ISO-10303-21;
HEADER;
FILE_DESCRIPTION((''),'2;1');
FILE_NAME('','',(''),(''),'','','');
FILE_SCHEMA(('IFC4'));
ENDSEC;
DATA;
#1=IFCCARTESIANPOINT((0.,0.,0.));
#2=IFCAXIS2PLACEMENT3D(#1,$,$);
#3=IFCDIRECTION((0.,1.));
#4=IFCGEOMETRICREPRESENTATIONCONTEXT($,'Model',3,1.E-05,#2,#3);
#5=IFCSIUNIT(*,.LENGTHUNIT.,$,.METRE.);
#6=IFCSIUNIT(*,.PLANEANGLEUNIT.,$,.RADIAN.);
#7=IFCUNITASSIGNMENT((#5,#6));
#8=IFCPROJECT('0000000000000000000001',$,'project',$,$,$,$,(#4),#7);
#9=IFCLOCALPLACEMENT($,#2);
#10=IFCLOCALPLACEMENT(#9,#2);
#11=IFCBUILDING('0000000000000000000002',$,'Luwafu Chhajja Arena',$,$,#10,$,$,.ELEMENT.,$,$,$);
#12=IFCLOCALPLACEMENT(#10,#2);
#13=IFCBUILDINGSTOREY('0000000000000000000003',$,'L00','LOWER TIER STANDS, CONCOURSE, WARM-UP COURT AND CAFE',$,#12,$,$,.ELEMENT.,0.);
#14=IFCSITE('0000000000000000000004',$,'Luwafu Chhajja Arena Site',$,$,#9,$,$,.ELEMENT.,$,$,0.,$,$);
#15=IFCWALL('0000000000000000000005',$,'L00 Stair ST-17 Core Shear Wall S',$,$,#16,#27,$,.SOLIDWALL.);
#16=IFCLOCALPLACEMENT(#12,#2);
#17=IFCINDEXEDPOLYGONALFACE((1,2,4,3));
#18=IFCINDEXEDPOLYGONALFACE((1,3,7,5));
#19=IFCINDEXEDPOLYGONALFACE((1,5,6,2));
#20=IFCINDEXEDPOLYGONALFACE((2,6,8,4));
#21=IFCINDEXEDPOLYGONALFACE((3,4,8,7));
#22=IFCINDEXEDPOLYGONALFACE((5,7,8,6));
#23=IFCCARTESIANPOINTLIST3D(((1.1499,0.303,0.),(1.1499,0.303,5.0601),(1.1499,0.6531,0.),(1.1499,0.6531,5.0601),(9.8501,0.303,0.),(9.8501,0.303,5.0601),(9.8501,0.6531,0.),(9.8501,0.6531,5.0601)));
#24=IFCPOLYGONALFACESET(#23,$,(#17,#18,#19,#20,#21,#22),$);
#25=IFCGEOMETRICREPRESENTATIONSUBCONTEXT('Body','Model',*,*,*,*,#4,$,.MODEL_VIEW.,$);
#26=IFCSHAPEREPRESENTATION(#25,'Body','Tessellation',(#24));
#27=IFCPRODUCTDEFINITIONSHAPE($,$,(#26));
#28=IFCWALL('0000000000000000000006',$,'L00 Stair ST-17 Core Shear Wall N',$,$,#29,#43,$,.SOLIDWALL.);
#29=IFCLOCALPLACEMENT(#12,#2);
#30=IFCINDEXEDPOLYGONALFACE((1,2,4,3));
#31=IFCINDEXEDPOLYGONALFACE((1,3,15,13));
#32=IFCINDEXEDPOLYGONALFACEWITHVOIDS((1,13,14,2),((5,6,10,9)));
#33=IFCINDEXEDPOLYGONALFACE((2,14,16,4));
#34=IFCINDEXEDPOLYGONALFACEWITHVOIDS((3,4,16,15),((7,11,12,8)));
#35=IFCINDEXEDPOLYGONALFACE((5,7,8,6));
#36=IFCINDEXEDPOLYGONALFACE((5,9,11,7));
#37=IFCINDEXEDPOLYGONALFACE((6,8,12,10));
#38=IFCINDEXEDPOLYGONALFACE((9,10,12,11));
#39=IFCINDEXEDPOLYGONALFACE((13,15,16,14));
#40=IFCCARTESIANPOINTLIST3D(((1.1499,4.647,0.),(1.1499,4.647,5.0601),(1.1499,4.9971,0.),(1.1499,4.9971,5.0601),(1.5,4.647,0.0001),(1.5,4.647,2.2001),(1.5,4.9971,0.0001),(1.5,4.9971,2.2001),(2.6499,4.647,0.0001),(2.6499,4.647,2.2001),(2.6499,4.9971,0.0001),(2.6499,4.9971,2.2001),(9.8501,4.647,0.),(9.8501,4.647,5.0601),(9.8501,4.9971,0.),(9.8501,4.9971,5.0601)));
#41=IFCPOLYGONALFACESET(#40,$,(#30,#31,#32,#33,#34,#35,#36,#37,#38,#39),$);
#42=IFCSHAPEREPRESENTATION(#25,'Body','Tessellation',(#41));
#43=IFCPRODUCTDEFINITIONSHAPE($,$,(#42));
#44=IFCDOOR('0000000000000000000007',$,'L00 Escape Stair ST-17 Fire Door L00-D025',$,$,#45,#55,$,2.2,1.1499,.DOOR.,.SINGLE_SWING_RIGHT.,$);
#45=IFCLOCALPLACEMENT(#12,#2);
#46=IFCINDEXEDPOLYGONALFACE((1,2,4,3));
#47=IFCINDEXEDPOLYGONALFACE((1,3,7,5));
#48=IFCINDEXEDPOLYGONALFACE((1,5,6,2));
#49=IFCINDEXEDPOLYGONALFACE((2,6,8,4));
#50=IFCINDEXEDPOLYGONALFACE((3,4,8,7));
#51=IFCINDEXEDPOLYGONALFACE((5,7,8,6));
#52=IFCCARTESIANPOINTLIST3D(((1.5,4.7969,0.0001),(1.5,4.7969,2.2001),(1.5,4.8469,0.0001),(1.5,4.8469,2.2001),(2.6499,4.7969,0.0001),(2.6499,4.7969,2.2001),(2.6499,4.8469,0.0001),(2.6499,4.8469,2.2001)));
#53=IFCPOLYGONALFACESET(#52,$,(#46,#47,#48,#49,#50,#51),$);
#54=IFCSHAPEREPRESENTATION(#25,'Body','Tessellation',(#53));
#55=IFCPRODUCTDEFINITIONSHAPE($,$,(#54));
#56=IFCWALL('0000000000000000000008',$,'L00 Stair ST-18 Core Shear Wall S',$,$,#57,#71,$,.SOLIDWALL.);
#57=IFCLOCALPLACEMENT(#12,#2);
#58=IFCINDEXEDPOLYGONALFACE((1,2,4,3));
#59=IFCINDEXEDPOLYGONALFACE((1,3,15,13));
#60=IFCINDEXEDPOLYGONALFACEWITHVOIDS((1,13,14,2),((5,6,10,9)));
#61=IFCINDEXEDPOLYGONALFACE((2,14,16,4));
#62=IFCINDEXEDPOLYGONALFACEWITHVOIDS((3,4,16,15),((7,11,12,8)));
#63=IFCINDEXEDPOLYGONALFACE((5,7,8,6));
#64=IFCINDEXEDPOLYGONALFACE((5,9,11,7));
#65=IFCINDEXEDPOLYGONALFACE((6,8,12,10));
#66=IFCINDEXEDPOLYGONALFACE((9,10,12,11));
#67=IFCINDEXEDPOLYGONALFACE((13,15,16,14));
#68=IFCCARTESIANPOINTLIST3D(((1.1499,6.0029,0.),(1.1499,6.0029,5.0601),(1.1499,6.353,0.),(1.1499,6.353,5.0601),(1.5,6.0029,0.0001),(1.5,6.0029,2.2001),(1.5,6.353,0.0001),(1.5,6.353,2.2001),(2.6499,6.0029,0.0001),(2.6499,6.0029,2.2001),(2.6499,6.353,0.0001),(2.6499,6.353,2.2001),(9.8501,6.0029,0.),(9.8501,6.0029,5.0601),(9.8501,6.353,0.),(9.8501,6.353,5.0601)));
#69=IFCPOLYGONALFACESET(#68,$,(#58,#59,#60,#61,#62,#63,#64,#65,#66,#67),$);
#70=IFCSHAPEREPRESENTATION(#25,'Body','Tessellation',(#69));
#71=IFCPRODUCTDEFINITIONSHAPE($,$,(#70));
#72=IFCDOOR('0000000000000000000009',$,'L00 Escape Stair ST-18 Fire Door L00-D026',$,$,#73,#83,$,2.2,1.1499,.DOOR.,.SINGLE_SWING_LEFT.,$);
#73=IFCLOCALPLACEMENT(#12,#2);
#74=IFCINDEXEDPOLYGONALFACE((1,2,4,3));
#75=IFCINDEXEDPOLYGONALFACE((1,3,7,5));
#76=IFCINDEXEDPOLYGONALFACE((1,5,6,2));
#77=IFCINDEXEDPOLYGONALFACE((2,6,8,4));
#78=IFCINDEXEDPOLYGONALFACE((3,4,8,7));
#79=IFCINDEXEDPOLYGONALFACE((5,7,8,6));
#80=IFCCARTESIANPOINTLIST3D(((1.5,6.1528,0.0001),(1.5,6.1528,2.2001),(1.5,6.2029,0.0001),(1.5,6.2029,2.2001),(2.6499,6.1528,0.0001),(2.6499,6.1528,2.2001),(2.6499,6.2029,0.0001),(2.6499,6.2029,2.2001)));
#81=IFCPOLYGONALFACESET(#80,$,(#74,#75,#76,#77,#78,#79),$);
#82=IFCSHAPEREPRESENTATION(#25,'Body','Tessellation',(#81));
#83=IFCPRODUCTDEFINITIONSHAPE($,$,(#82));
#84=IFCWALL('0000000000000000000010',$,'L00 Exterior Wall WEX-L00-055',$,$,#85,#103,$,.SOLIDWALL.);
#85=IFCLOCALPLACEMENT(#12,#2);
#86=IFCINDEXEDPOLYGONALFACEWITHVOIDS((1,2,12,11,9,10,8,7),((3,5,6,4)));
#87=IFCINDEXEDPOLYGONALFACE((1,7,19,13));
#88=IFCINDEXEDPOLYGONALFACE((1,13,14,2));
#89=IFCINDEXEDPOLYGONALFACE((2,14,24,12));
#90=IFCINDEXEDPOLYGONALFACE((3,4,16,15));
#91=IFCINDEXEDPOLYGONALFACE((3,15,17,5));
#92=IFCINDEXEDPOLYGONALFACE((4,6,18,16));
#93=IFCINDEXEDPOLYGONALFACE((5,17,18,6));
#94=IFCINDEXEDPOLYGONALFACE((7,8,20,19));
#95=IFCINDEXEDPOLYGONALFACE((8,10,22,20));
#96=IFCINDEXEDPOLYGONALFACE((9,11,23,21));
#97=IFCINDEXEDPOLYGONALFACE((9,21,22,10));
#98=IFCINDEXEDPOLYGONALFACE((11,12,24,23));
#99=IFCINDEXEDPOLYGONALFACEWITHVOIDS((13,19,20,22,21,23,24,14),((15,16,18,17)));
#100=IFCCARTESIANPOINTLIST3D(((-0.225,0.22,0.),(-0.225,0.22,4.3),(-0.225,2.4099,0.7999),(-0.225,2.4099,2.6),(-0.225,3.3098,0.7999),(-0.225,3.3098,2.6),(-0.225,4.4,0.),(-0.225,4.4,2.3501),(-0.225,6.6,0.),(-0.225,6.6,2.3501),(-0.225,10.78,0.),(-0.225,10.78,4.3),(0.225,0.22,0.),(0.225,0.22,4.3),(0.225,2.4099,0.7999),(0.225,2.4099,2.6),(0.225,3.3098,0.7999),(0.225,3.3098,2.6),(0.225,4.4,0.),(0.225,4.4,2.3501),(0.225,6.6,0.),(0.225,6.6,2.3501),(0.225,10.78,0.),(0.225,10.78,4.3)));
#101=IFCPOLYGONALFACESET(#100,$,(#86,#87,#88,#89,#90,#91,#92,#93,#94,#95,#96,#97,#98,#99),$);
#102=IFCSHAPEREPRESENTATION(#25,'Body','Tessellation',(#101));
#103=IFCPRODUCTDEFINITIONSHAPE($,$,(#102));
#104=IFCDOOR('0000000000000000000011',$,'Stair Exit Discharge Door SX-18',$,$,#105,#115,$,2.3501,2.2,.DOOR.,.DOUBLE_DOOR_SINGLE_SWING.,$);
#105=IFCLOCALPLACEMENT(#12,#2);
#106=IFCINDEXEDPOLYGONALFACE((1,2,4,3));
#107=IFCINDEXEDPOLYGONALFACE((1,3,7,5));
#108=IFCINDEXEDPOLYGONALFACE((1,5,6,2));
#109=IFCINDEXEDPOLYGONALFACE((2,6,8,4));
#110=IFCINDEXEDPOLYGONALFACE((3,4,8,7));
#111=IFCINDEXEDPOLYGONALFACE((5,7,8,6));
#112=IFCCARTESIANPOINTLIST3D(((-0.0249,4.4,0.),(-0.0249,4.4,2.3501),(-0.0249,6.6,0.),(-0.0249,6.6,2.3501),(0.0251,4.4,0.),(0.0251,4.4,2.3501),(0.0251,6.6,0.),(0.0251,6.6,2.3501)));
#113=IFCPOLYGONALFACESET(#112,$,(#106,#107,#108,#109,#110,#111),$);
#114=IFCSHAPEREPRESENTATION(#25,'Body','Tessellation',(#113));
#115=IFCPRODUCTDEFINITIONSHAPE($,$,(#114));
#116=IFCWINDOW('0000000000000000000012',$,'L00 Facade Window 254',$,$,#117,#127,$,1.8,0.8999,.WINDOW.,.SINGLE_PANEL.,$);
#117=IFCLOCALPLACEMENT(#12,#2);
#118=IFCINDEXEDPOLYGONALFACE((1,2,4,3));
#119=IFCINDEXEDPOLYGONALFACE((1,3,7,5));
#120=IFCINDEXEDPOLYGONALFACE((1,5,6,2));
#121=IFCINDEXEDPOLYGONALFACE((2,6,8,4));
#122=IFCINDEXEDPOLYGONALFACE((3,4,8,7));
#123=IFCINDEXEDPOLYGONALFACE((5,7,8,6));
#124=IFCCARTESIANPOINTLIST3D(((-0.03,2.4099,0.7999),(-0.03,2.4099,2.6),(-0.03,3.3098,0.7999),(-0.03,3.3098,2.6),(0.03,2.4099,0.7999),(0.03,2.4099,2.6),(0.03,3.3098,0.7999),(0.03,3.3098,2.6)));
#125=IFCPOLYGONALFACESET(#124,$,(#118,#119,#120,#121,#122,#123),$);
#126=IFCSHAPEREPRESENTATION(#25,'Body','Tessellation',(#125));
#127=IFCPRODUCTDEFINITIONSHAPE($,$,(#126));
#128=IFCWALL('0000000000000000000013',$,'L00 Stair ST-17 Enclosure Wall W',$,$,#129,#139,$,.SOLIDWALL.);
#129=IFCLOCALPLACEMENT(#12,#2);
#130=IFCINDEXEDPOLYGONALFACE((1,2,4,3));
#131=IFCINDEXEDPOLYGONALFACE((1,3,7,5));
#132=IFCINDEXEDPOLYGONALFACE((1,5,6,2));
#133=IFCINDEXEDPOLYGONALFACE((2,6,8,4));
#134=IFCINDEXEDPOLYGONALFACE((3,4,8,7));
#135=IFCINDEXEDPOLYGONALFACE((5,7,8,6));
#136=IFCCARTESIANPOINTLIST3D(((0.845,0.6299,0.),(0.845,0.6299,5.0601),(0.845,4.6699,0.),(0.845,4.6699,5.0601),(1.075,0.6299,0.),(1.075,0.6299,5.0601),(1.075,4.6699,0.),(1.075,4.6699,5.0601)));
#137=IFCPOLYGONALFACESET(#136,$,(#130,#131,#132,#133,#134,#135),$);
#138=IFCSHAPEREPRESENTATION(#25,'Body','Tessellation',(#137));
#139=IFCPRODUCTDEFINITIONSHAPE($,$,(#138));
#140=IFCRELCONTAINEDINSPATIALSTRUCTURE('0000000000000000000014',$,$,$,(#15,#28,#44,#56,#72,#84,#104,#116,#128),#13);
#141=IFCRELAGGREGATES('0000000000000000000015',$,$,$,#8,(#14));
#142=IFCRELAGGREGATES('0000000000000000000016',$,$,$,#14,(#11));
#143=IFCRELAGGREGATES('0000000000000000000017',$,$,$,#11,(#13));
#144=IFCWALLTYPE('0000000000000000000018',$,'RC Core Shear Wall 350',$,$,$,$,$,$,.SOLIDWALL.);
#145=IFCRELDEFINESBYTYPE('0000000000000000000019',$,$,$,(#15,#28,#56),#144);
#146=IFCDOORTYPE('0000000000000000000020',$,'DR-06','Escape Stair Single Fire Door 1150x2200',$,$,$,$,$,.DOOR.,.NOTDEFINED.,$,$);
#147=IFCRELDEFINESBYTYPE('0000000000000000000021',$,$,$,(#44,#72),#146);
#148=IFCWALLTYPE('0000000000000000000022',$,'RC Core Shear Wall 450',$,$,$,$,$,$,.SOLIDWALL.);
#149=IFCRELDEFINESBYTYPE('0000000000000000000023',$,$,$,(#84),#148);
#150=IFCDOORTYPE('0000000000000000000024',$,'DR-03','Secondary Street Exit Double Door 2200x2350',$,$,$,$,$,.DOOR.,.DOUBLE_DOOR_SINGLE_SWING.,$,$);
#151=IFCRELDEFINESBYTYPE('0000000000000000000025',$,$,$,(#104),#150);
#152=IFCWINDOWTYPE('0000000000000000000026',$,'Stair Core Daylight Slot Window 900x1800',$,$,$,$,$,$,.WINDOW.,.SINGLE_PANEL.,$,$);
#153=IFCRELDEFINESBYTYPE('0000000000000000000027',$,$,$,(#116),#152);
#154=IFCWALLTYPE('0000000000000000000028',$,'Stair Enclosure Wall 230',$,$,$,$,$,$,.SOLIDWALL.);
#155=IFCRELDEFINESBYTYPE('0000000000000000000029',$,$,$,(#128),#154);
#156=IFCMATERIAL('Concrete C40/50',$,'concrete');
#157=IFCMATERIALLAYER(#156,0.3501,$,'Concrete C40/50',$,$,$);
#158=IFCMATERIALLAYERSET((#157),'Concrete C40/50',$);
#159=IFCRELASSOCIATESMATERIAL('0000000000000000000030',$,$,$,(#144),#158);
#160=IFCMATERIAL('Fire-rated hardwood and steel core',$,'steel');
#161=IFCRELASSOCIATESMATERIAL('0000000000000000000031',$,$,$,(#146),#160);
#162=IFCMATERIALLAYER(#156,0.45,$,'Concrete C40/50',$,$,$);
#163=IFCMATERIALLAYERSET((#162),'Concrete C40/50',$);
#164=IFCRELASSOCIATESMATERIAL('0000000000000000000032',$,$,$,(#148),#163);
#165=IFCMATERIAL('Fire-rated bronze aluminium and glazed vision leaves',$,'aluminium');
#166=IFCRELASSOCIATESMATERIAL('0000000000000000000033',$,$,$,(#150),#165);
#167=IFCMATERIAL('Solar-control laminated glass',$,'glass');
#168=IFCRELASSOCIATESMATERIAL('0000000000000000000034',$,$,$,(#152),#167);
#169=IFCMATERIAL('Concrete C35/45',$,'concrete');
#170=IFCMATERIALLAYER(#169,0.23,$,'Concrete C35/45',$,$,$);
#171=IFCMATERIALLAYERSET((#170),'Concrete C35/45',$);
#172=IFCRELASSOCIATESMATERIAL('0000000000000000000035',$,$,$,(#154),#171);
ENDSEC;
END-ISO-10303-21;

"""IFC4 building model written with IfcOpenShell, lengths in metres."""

from ifc_helpers import new_model, si_unit, direction, frame, frame_2d, origin, place, context, subcontext, project, spatial, rectangle, extrude, material, layer, layer_set, type_object, element, fill, save


model = new_model("IFC4")

# Units and contexts
model_context = context("Model", 3, precision=1e-05, world=origin(), true_north=direction((0.0, 1.0)))
body_context = subcontext(model_context, "Body", "Model", "MODEL_VIEW")
ifc_project = project(units=[si_unit("LENGTHUNIT", "METRE"), si_unit("PLANEANGLEUNIT", "RADIAN")], contexts=[model_context])

# Site, building, storey
site_placement = place(None, origin())
site = spatial("IfcSite", under=ifc_project, at=site_placement, Name="Luwafu Chhajja Arena Site", CompositionType="ELEMENT", RefElevation=0.0)
building_placement = place(site_placement, origin())
building = spatial("IfcBuilding", under=site, at=building_placement, Name="Luwafu Chhajja Arena", CompositionType="ELEMENT")
storey_placement = place(building_placement, origin())
storey = spatial("IfcBuildingStorey", under=building, at=storey_placement, Name="L00", Description="LOWER TIER STANDS, CONCOURSE, WARM-UP COURT AND CAFE", CompositionType="ELEMENT", Elevation=0.0)

# Wall
ifc_material_1 = material(Name="Concrete C40/50", Category="concrete")
ifc_layer_1 = layer(ifc_material_1, 0.3501, Name="Concrete C40/50")
ifc_layer_set_1 = layer_set([ifc_layer_1], Name="Concrete C40/50")
wall_type_1 = type_object("IfcWallType", Name="RC Core Shear Wall 350", PredefinedType="SOLIDWALL", material=ifc_layer_set_1)
wall_1_placement = place(storey_placement, frame((1.1499, 0.478, 0.0), z_axis=(0.0, 0.0, 1.0), x_axis=(1.0, 0.0, 0.0)))
element("IfcWall", 1, at=wall_1_placement, inside=storey, type_object=wall_type_1, Name="L00 Stair ST-17 Core Shear Wall S", PredefinedType="SOLIDWALL", context=body_context, shape_type="SweptSolid", body=[
    extrude(rectangle(XDim=8.7002, YDim=0.3501, at=frame_2d((4.3501, 0.0))), origin(), (0.0, 0.0, 1.0), 5.0601),
])

# Walls, openings, doors
wall_2_placement = place(storey_placement, frame((1.1499, 4.822, 0.0), z_axis=(0.0, 0.0, 1.0), x_axis=(1.0, 0.0, 0.0)))
wall_2 = element("IfcWall", 2, at=wall_2_placement, inside=storey, type_object=wall_type_1, Name="L00 Stair ST-17 Core Shear Wall N", PredefinedType="SOLIDWALL", context=body_context, shape_type="SweptSolid", body=[
    extrude(rectangle(XDim=8.7002, YDim=0.3501, at=frame_2d((4.3501, 0.0))), origin(), (0.0, 0.0, 1.0), 5.0601),
])
opening_1_placement = place(wall_2_placement, frame((0.3501, 0.0, 0.0)))
opening_1 = element("IfcOpeningElement", 3, at=opening_1_placement, cuts=wall_2, PredefinedType="OPENING", context=body_context, shape_type="SweptSolid", body=[
    extrude(rectangle(XDim=1.1499, YDim=2.2, at=frame_2d((0.575, 1.1001))), frame((0.0, 0.1851, 0.0), z_axis=(0.0, -1.0, 0.0), x_axis=(1.0, 0.0, 0.0)), (0.0, 0.0, 1.0), 0.3701),
])
ifc_material_2 = material(Name="Fire-rated hardwood and steel core", Category="steel")
door_type_1 = type_object("IfcDoorType", Name="DR-06", Description="Escape Stair Single Fire Door 1150x2200", OperationType="NOTDEFINED", PredefinedType="DOOR", material=ifc_material_2)
door_1_placement = place(opening_1_placement, origin())
door_1 = element("IfcDoor", 4, at=door_1_placement, inside=storey, type_object=door_type_1, Name="L00 Escape Stair ST-17 Fire Door L00-D025", OperationType="SINGLE_SWING_RIGHT", OverallHeight=2.2, OverallWidth=1.1499, PredefinedType="DOOR", context=body_context, shape_type="SweptSolid", body=[
    extrude(rectangle(XDim=1.1499, YDim=2.2, at=frame_2d((0.575, 1.1001))), frame((0.0, 0.0249, 0.0), z_axis=(0.0, -1.0, 0.0), x_axis=(1.0, 0.0, 0.0)), (0.0, 0.0, 1.0), 0.05),
])
fill(opening_1, door_1)
wall_3_placement = place(storey_placement, frame((1.1499, 6.178, 0.0), z_axis=(0.0, 0.0, 1.0), x_axis=(1.0, 0.0, 0.0)))
wall_3 = element("IfcWall", 5, at=wall_3_placement, inside=storey, type_object=wall_type_1, Name="L00 Stair ST-18 Core Shear Wall S", PredefinedType="SOLIDWALL", context=body_context, shape_type="SweptSolid", body=[
    extrude(rectangle(XDim=8.7002, YDim=0.3501, at=frame_2d((4.3501, 0.0))), origin(), (0.0, 0.0, 1.0), 5.0601),
])
opening_2_placement = place(wall_3_placement, frame((0.3501, 0.0, 0.0)))
opening_2 = element("IfcOpeningElement", 6, at=opening_2_placement, cuts=wall_3, PredefinedType="OPENING", context=body_context, shape_type="SweptSolid", body=[
    extrude(rectangle(XDim=1.1499, YDim=2.2, at=frame_2d((0.575, 1.1001))), frame((0.0, 0.1851, 0.0), z_axis=(0.0, -1.0, 0.0), x_axis=(1.0, 0.0, 0.0)), (0.0, 0.0, 1.0), 0.3701),
])
door_2_placement = place(opening_2_placement, origin())
door_2 = element("IfcDoor", 7, at=door_2_placement, inside=storey, type_object=door_type_1, Name="L00 Escape Stair ST-18 Fire Door L00-D026", OperationType="SINGLE_SWING_LEFT", OverallHeight=2.2, OverallWidth=1.1499, PredefinedType="DOOR", context=body_context, shape_type="SweptSolid", body=[
    extrude(rectangle(XDim=1.1499, YDim=2.2, at=frame_2d((0.575, 1.1001))), frame((0.0, 0.0249, 0.0), z_axis=(0.0, -1.0, 0.0), x_axis=(1.0, 0.0, 0.0)), (0.0, 0.0, 1.0), 0.05),
])
fill(opening_2, door_2)

# Wall, openings, door, window
ifc_layer_2 = layer(ifc_material_1, 0.45, Name="Concrete C40/50")
ifc_layer_set_2 = layer_set([ifc_layer_2], Name="Concrete C40/50")
wall_type_2 = type_object("IfcWallType", Name="RC Core Shear Wall 450", PredefinedType="SOLIDWALL", material=ifc_layer_set_2)
wall_4_placement = place(storey_placement, frame((0.0, 0.22, 0.0), z_axis=(0.0, 0.0, 1.0), x_axis=(0.0, 1.0, 0.0)))
wall_4 = element("IfcWall", 8, at=wall_4_placement, inside=storey, type_object=wall_type_2, Name="L00 Exterior Wall WEX-L00-055", PredefinedType="SOLIDWALL", context=body_context, shape_type="SweptSolid", body=[
    extrude(rectangle(XDim=10.5601, YDim=0.45, at=frame_2d((5.28, 0.0))), origin(), (0.0, 0.0, 1.0), 4.3),
])
opening_3_placement = place(wall_4_placement, frame((4.1799, 0.0, 0.0)))
opening_3 = element("IfcOpeningElement", 9, at=opening_3_placement, cuts=wall_4, PredefinedType="OPENING", context=body_context, shape_type="SweptSolid", body=[
    extrude(rectangle(XDim=2.2, YDim=2.3501, at=frame_2d((1.1001, 1.175))), frame((0.0, 0.2349, 0.0), z_axis=(0.0, -1.0, 0.0), x_axis=(1.0, 0.0, 0.0)), (0.0, 0.0, 1.0), 0.47),
])
opening_4_placement = place(wall_4_placement, frame((2.1899, 0.0, 0.8)))
opening_4 = element("IfcOpeningElement", 10, at=opening_4_placement, cuts=wall_4, PredefinedType="OPENING", context=body_context, shape_type="SweptSolid", body=[
    extrude(rectangle(XDim=0.8999, YDim=1.8, at=frame_2d((0.45, 0.8999))), frame((0.0, 0.2349, 0.0), z_axis=(0.0, -1.0, 0.0), x_axis=(1.0, 0.0, 0.0)), (0.0, 0.0, 1.0), 0.47),
])
ifc_material_3 = material(Name="Fire-rated bronze aluminium and glazed vision leaves", Category="aluminium")
door_type_2 = type_object("IfcDoorType", Name="DR-03", Description="Secondary Street Exit Double Door 2200x2350", OperationType="DOUBLE_DOOR_SINGLE_SWING", PredefinedType="DOOR", material=ifc_material_3)
door_3_placement = place(opening_3_placement, origin())
door_3 = element("IfcDoor", 11, at=door_3_placement, inside=storey, type_object=door_type_2, Name="Stair Exit Discharge Door SX-18", OperationType="DOUBLE_DOOR_SINGLE_SWING", OverallHeight=2.3501, OverallWidth=2.2, PredefinedType="DOOR", context=body_context, shape_type="SweptSolid", body=[
    extrude(rectangle(XDim=2.2, YDim=2.3501, at=frame_2d((1.1001, 1.175))), frame((0.0, 0.0249, 0.0), z_axis=(0.0, -1.0, 0.0), x_axis=(1.0, 0.0, 0.0)), (0.0, 0.0, 1.0), 0.05),
])
fill(opening_3, door_3)
ifc_material_4 = material(Name="Solar-control laminated glass", Category="glass")
window_type = type_object("IfcWindowType", Name="Stair Core Daylight Slot Window 900x1800", PartitioningType="SINGLE_PANEL", PredefinedType="WINDOW", material=ifc_material_4)
window_placement = place(opening_4_placement, origin())
window = element("IfcWindow", 12, at=window_placement, inside=storey, type_object=window_type, Name="L00 Facade Window 254", OverallHeight=1.8, OverallWidth=0.8999, PartitioningType="SINGLE_PANEL", PredefinedType="WINDOW", context=body_context, shape_type="SweptSolid", body=[
    extrude(rectangle(XDim=0.8999, YDim=1.8, at=frame_2d((0.45, 0.8999))), frame((0.0, 0.03, 0.0), z_axis=(0.0, -1.0, 0.0), x_axis=(1.0, 0.0, 0.0)), (0.0, 0.0, 1.0), 0.0601),
])
fill(opening_4, window)

# Wall
ifc_material_5 = material(Name="Concrete C35/45", Category="concrete")
ifc_layer_3 = layer(ifc_material_5, 0.23, Name="Concrete C35/45")
ifc_layer_set_3 = layer_set([ifc_layer_3], Name="Concrete C35/45")
wall_type_3 = type_object("IfcWallType", Name="Stair Enclosure Wall 230", PredefinedType="SOLIDWALL", material=ifc_layer_set_3)
wall_5_placement = place(storey_placement, frame((0.96, 0.6299, 0.0), z_axis=(0.0, 0.0, 1.0), x_axis=(0.0, 1.0, 0.0)))
element("IfcWall", 13, at=wall_5_placement, inside=storey, type_object=wall_type_3, Name="L00 Stair ST-17 Enclosure Wall W", PredefinedType="SOLIDWALL", context=body_context, shape_type="SweptSolid", body=[
    extrude(rectangle(XDim=4.04, YDim=0.23, at=frame_2d((2.02, 0.0))), origin(), (0.0, 0.0, 1.0), 5.0601),
])

save(model, "model.ifc")
